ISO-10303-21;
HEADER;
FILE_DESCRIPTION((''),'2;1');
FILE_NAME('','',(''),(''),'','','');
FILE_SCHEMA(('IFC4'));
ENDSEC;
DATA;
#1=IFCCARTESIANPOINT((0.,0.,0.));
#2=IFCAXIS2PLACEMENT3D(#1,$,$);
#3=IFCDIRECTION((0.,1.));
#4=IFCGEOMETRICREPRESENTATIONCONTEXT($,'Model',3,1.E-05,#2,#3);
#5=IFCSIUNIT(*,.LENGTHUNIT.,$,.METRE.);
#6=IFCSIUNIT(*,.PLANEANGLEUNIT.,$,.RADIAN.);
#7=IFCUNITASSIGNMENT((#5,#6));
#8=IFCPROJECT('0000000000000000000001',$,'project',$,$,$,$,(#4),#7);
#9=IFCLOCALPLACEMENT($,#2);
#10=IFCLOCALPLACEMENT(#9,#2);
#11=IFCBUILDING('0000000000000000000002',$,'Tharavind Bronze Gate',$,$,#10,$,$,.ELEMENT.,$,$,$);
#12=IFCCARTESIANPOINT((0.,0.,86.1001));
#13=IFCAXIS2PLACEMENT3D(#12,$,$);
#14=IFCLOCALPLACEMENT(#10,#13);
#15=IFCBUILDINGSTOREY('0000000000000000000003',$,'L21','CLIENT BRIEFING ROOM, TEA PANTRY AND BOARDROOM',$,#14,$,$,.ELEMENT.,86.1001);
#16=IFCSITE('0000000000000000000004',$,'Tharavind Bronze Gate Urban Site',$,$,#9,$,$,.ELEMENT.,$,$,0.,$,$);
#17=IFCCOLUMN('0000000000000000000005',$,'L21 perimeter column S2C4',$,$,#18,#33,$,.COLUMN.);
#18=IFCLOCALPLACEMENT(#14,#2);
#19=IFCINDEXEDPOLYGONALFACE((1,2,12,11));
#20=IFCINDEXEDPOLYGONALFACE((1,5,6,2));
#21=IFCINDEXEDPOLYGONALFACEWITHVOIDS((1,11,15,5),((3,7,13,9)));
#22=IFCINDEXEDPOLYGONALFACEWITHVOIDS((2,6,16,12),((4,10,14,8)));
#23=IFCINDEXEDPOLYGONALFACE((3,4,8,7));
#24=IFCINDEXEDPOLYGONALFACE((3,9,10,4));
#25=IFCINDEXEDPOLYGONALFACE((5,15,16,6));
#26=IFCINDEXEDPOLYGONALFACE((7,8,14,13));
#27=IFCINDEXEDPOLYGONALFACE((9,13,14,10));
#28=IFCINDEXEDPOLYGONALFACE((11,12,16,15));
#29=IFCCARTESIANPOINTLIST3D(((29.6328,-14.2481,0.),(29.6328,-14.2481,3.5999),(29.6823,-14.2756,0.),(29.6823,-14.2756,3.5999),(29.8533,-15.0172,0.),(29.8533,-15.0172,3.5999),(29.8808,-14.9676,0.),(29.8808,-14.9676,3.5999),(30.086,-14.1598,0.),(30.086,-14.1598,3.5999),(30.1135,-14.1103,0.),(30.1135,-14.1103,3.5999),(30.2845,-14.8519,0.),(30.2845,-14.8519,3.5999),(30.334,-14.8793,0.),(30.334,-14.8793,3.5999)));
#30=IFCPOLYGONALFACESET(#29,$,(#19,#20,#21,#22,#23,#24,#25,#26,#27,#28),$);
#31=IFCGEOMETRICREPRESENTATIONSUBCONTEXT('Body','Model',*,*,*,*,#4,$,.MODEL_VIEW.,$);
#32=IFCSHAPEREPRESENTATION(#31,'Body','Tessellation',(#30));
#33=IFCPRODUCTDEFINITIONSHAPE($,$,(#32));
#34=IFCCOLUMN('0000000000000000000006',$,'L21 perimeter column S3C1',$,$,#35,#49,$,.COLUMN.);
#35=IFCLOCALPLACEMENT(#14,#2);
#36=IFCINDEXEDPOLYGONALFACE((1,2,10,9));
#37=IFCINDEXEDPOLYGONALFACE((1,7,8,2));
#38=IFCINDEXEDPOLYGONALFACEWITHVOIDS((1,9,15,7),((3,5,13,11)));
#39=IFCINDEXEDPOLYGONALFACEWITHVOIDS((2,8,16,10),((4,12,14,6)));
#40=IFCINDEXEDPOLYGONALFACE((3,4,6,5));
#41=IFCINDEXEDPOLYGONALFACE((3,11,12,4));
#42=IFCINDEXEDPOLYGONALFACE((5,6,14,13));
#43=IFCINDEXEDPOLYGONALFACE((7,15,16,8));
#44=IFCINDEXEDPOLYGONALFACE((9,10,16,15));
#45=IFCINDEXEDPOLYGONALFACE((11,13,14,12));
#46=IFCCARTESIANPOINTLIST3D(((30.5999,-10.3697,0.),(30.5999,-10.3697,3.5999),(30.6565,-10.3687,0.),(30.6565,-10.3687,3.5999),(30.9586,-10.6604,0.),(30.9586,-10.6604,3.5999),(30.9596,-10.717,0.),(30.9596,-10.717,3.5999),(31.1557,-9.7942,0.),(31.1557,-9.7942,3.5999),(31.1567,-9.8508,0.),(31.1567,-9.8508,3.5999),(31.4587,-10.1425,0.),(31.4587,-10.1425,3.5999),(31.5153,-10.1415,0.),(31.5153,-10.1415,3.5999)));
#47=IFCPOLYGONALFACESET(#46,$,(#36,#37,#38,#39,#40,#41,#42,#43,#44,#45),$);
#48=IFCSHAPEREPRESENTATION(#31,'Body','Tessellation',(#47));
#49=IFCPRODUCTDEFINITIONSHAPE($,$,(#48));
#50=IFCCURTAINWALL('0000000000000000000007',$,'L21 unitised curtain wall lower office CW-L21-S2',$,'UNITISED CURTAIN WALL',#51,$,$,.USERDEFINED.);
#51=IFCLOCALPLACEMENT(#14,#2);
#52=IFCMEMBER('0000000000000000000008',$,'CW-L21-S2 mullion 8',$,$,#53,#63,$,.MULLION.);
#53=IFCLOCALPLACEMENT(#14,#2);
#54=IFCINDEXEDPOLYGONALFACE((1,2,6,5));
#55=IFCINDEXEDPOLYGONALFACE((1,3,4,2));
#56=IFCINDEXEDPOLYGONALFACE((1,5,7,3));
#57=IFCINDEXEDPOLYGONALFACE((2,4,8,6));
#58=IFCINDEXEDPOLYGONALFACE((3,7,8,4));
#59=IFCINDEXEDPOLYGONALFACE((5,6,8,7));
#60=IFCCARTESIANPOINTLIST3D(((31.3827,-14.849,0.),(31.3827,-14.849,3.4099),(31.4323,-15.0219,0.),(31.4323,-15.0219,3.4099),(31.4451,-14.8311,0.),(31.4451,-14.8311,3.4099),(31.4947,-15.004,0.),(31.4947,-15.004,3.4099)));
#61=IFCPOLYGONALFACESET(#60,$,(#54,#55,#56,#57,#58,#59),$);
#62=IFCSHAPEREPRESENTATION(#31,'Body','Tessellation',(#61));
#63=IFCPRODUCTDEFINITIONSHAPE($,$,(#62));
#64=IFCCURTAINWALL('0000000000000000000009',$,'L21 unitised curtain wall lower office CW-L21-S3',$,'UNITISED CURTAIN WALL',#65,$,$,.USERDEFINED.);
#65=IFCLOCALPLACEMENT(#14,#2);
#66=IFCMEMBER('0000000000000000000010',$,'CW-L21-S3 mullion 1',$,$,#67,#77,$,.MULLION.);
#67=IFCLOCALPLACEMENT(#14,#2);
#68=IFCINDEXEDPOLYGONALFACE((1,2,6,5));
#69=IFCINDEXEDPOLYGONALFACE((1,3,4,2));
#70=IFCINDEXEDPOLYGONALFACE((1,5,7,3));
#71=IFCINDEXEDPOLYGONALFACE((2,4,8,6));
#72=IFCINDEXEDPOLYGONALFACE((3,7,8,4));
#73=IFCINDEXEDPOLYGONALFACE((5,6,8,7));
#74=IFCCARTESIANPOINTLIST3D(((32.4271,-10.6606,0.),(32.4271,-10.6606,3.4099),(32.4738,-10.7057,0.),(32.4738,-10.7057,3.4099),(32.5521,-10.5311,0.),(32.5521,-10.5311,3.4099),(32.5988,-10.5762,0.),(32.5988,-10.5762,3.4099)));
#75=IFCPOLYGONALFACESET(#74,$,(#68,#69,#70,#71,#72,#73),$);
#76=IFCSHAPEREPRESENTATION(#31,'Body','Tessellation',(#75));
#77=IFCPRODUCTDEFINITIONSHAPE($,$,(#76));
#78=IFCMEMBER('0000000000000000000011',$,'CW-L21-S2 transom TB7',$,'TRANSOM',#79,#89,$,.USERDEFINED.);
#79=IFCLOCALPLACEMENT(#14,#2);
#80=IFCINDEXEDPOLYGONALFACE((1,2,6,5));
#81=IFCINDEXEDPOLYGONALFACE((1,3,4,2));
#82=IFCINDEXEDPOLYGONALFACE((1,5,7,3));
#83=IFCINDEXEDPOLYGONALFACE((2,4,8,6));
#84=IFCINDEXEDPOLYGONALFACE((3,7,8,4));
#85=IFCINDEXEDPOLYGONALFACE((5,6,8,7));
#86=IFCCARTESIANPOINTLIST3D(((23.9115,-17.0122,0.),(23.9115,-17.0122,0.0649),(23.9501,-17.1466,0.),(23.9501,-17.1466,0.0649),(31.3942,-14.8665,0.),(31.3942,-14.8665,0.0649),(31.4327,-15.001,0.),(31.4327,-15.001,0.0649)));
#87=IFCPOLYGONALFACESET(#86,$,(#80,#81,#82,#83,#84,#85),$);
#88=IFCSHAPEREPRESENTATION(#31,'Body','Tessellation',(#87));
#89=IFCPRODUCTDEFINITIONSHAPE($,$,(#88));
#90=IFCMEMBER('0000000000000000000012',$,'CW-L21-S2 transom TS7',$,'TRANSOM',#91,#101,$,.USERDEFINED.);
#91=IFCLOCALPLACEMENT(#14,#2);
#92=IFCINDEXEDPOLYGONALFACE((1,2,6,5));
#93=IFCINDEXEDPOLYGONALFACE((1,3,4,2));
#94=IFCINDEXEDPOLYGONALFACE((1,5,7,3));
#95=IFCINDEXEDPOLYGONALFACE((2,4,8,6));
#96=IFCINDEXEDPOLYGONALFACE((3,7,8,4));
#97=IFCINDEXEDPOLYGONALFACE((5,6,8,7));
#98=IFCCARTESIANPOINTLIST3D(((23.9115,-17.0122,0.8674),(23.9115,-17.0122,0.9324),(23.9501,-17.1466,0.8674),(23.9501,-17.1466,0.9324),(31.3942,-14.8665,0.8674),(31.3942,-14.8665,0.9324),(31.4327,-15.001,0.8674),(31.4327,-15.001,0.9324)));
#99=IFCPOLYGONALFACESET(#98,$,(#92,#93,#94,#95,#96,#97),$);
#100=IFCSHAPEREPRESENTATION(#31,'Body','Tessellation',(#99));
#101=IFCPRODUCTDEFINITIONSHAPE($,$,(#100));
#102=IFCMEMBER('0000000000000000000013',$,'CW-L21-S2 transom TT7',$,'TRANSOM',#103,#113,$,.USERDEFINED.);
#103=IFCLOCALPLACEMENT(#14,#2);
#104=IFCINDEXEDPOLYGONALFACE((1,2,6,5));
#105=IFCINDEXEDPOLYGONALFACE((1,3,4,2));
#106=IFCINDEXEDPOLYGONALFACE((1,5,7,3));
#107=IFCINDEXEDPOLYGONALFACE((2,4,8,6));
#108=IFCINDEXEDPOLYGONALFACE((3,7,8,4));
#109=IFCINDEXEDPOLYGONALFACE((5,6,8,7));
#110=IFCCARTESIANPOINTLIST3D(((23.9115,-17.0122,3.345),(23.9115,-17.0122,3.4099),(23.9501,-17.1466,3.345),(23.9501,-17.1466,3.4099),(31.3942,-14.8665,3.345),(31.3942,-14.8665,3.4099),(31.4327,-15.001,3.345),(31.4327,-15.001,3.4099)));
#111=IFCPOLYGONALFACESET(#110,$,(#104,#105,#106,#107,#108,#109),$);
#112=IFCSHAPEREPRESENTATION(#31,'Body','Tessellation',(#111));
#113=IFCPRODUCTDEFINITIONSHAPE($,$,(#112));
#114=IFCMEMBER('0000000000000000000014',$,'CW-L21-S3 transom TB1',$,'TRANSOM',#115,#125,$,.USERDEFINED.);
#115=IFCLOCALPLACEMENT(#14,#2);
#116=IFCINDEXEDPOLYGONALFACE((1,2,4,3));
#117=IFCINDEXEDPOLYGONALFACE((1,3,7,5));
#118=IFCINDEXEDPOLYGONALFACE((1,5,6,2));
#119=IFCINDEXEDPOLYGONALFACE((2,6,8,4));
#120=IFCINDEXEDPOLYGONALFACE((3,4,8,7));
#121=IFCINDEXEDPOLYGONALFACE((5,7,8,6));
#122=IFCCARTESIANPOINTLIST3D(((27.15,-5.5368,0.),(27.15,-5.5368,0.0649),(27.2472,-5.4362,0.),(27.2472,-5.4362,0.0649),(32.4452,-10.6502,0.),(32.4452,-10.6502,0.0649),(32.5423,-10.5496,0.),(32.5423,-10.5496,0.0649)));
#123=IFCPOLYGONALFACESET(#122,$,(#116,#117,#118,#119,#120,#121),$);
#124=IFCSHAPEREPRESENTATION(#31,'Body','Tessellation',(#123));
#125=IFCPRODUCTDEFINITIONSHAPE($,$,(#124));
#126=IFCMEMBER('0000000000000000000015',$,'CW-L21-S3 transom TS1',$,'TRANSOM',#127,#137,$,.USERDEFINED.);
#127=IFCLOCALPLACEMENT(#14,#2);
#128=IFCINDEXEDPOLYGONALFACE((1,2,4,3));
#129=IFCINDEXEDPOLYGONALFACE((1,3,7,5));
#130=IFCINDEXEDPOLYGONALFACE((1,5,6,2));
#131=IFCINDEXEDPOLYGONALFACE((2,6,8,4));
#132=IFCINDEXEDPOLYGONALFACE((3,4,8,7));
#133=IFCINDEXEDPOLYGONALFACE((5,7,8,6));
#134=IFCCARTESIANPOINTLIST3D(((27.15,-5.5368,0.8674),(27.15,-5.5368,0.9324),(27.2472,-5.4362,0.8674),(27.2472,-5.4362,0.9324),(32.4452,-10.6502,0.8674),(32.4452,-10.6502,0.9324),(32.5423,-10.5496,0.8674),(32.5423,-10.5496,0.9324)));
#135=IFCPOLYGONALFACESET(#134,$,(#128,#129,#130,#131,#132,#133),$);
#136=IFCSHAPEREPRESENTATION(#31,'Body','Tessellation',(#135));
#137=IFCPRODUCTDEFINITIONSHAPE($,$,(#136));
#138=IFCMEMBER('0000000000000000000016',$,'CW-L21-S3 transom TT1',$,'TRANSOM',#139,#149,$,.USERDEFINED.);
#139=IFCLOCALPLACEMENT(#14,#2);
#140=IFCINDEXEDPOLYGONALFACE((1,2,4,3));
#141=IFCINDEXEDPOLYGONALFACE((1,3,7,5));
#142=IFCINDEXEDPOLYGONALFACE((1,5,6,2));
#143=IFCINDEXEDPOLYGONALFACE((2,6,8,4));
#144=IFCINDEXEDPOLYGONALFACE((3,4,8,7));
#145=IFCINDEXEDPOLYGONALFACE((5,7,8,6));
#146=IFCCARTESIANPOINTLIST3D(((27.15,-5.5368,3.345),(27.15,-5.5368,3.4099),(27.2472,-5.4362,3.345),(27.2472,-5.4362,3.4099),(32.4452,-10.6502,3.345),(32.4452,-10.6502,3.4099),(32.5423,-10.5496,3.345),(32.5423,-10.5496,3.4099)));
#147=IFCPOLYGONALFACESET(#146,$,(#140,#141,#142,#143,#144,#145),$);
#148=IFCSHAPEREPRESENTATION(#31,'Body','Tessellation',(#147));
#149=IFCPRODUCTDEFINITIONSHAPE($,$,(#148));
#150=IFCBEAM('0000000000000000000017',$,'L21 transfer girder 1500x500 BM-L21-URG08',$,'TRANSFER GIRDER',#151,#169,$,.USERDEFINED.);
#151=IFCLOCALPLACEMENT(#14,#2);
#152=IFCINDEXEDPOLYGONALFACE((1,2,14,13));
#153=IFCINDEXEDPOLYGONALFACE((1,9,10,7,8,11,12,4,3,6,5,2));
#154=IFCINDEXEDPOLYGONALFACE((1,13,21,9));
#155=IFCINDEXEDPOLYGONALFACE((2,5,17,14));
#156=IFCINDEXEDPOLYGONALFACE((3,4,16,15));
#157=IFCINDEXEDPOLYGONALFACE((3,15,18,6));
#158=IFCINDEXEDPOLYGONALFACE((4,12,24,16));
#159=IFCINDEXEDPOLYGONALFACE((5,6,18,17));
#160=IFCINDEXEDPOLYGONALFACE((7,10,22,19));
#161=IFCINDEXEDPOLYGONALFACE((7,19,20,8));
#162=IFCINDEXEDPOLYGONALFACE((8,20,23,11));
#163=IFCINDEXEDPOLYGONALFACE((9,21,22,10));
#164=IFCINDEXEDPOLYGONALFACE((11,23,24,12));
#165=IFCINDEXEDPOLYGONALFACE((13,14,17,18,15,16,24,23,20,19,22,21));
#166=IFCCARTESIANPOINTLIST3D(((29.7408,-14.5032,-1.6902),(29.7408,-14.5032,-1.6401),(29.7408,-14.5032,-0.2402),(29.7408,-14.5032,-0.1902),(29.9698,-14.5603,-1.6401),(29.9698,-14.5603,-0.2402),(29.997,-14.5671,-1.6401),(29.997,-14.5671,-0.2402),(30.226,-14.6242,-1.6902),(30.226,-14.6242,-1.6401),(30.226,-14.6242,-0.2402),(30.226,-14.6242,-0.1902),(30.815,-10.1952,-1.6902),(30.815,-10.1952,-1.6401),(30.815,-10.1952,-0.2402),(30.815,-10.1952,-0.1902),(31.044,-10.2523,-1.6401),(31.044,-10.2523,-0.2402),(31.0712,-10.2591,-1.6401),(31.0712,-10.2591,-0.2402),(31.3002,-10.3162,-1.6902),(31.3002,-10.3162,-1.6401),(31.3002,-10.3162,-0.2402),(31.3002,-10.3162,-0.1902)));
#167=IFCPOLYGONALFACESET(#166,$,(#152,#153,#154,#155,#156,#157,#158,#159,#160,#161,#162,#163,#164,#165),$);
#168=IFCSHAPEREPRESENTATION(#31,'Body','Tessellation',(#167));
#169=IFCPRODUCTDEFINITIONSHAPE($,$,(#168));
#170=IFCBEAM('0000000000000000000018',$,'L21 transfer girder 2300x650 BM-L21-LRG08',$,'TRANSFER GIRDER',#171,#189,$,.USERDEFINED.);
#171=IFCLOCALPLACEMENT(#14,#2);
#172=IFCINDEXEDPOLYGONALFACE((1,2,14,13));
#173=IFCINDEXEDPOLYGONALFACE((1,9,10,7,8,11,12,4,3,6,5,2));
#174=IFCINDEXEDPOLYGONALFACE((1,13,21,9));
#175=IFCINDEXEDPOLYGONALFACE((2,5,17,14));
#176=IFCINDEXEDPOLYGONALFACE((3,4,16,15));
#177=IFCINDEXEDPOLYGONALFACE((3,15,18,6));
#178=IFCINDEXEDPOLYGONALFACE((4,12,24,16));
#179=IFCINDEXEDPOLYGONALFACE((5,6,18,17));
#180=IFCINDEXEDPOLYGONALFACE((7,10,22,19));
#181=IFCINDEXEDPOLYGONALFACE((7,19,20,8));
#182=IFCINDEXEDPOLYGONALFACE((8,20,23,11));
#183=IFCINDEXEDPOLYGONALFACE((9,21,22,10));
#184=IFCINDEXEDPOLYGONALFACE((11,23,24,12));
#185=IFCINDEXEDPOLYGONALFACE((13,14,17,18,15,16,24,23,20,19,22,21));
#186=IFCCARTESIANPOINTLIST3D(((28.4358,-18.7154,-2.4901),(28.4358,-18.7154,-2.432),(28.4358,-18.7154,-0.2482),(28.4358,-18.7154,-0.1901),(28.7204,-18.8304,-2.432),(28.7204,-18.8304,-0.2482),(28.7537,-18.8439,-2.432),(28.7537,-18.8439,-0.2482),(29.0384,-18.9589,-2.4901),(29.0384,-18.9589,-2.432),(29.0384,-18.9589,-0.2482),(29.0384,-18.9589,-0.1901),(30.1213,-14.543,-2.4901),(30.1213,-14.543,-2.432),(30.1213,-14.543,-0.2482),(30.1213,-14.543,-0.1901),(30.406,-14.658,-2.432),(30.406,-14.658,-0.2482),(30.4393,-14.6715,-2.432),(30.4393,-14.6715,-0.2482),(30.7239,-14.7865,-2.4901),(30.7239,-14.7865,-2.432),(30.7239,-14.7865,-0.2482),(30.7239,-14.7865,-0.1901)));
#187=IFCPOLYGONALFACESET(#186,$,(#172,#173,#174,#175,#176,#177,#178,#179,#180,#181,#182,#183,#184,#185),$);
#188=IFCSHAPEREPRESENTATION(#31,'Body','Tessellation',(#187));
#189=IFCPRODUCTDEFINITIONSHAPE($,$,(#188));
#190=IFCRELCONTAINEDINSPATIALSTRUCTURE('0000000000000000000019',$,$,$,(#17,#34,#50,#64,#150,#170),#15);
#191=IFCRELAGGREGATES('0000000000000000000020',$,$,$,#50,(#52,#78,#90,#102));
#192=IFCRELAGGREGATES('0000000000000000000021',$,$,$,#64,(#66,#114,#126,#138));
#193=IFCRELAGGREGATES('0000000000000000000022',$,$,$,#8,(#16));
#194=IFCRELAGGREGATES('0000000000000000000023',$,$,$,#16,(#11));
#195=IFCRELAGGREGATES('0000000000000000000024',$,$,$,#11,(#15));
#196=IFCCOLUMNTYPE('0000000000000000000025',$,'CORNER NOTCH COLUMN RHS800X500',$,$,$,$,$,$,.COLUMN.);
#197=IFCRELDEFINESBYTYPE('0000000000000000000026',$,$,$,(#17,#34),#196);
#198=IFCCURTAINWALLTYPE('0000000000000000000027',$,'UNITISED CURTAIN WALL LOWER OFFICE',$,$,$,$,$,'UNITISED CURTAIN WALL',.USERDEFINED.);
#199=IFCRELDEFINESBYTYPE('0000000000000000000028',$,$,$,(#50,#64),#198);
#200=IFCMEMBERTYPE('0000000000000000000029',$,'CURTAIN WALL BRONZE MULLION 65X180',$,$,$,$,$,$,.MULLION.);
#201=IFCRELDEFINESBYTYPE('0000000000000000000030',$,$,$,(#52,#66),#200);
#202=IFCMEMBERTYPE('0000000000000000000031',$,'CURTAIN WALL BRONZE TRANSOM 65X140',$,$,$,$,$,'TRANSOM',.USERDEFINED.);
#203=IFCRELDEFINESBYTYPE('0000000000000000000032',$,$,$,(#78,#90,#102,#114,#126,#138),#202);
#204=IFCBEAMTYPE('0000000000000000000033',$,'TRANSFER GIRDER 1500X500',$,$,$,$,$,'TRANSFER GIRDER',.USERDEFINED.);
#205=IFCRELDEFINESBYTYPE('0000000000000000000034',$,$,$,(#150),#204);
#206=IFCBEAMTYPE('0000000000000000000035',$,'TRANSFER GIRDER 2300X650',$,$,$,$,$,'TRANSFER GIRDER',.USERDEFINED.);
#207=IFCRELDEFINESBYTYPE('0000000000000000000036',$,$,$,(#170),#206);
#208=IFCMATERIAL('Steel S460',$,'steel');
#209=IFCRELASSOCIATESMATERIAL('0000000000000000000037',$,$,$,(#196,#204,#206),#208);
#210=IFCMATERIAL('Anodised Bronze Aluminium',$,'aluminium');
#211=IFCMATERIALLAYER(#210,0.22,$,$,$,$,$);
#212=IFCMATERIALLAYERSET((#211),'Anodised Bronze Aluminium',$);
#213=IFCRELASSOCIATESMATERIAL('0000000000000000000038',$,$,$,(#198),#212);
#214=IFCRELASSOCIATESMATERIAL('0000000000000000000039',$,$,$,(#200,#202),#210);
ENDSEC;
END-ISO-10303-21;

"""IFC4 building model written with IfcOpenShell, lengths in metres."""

from ifc_helpers import new_model, si_unit, direction, frame, origin, origin_2d, place, context, subcontext, project, spatial, rectangle, hollow_rectangle, i_section, extrude, material, layer, layer_set, material_profile, profile_set, type_object, element, aggregate, save


model = new_model("IFC4")

# Units and contexts
model_context = context("Model", 3, precision=1e-05, world=origin(), true_north=direction((0.0, 1.0)))
body_context = subcontext(model_context, "Body", "Model", "MODEL_VIEW")
ifc_project = project(units=[si_unit("LENGTHUNIT", "METRE"), si_unit("PLANEANGLEUNIT", "RADIAN")], contexts=[model_context])

# Site, building, storey
site_placement = place(None, origin())
site = spatial("IfcSite", under=ifc_project, at=site_placement, Name="Tharavind Bronze Gate Urban Site", CompositionType="ELEMENT", RefElevation=0.0)
building_placement = place(site_placement, origin())
building = spatial("IfcBuilding", under=site, at=building_placement, Name="Tharavind Bronze Gate", CompositionType="ELEMENT")
storey_placement = place(building_placement, frame((0.0, 0.0, 86.1001)))
storey = spatial("IfcBuildingStorey", under=building, at=storey_placement, Name="L21", Description="CLIENT BRIEFING ROOM, TEA PANTRY AND BOARDROOM", CompositionType="ELEMENT", Elevation=86.1001)

# Columns
ifc_material_1 = material(Name="Steel S460", Category="steel")
ifc_material_profile_1 = material_profile(ifc_material_1, hollow_rectangle(XDim=0.5, YDim=0.8, WallThickness=0.04, at=origin_2d()), Name="RHS800X500X40")
ifc_profile_set_1 = profile_set([ifc_material_profile_1], Name="Steel S460")
column_type = type_object("IfcColumnType", Name="CORNER NOTCH COLUMN RHS800X500", PredefinedType="COLUMN", material=ifc_profile_set_1)
for number, where, z_axis, x_axis, name in (
    (1, (29.9834, -14.5637, 0.0), (0.0, 0.0, 1.0), (0.961262, 0.275637, 0.0), "L21 perimeter column S2C4"),
    (2, (31.0576, -10.2556, 0.0), (0.0, 0.0, 1.0), (-0.71934, 0.694658, 0.0), "L21 perimeter column S3C1"),
):
    element("IfcColumn", number, at=place(storey_placement, frame(where, z_axis=z_axis, x_axis=x_axis)), inside=storey, type_object=column_type, Name=name, PredefinedType="COLUMN", context=body_context, shape_type="SweptSolid", body=[
        extrude(hollow_rectangle(XDim=0.5, YDim=0.8, WallThickness=0.04, at=origin_2d()), origin(), (0.0, 0.0, 1.0), 3.5999),
    ])

# Curtain walls, members
ifc_material_2 = material(Name="Anodised Bronze Aluminium", Category="aluminium")
ifc_layer_1 = layer(ifc_material_2, 0.22)
ifc_layer_set_1 = layer_set([ifc_layer_1], Name="Anodised Bronze Aluminium")
curtain_wall_type = type_object("IfcCurtainWallType", Name="UNITISED CURTAIN WALL LOWER OFFICE", ElementType="UNITISED CURTAIN WALL", PredefinedType="USERDEFINED", material=ifc_layer_set_1)
curtain_wall_1_placement = place(storey_placement, origin())
curtain_wall_1 = element("IfcCurtainWall", 3, at=curtain_wall_1_placement, inside=storey, type_object=curtain_wall_type, Name="L21 unitised curtain wall lower office CW-L21-S2", ObjectType="UNITISED CURTAIN WALL", PredefinedType="USERDEFINED")
member_type_1 = type_object("IfcMemberType", Name="CURTAIN WALL BRONZE MULLION 65X180", PredefinedType="MULLION", material=ifc_material_2)
member_1_placement = place(storey_placement, frame((31.4387, -14.9265, 0.0), z_axis=(0.0, 0.0, 1.0), x_axis=(0.961262, 0.275637, 0.0)))
member_1 = element("IfcMember", 4, at=member_1_placement, type_object=member_type_1, Name="CW-L21-S2 mullion 8", PredefinedType="MULLION", context=body_context, shape_type="SweptSolid", body=[
    extrude(rectangle(XDim=0.0649, YDim=0.1799, at=origin_2d()), origin(), (0.0, 0.0, 1.0), 3.4099),
])
curtain_wall_2_placement = place(storey_placement, origin())
curtain_wall_2 = element("IfcCurtainWall", 5, at=curtain_wall_2_placement, inside=storey, type_object=curtain_wall_type, Name="L21 unitised curtain wall lower office CW-L21-S3", ObjectType="UNITISED CURTAIN WALL", PredefinedType="USERDEFINED")
member_2_placement = place(storey_placement, frame((32.5129, -10.6184, 0.0), z_axis=(0.0, 0.0, 1.0), x_axis=(-0.719341, 0.694657, 0.0)))
member_2 = element("IfcMember", 6, at=member_2_placement, type_object=member_type_1, Name="CW-L21-S3 mullion 1", PredefinedType="MULLION", context=body_context, shape_type="SweptSolid", body=[
    extrude(rectangle(XDim=0.0649, YDim=0.1799, at=origin_2d()), origin(), (0.0, 0.0, 1.0), 3.4099),
])

# Members
member_type_2 = type_object("IfcMemberType", Name="CURTAIN WALL BRONZE TRANSOM 65X140", ElementType="TRANSOM", PredefinedType="USERDEFINED", material=ifc_material_2)
member_3_placement = place(storey_placement, frame((27.6721, -16.0066, 0.0), z_axis=(0.0, 0.0, 1.0), x_axis=(0.961262, 0.275637, 0.0)))
member_3 = element("IfcMember", 7, at=member_3_placement, type_object=member_type_2, Name="CW-L21-S2 transom TB7", ObjectType="TRANSOM", PredefinedType="USERDEFINED", context=body_context, shape_type="SweptSolid", body=[
    extrude(rectangle(XDim=7.7842, YDim=0.1399, at=origin_2d()), origin(), (0.0, 0.0, 1.0), 0.0649),
])
member_4_placement = place(storey_placement, frame((27.6721, -16.0066, 0.8674), z_axis=(0.0, 0.0, 1.0), x_axis=(0.961262, 0.275637, 0.0)))
member_4 = element("IfcMember", 8, at=member_4_placement, type_object=member_type_2, Name="CW-L21-S2 transom TS7", ObjectType="TRANSOM", PredefinedType="USERDEFINED", context=body_context, shape_type="SweptSolid", body=[
    extrude(rectangle(XDim=7.7842, YDim=0.1399, at=origin_2d()), origin(), (0.0, 0.0, 1.0), 0.0649),
])
member_5_placement = place(storey_placement, frame((27.6721, -16.0066, 3.345), z_axis=(0.0, 0.0, 1.0), x_axis=(0.961262, 0.275637, 0.0)))
member_5 = element("IfcMember", 9, at=member_5_placement, type_object=member_type_2, Name="CW-L21-S2 transom TT7", ObjectType="TRANSOM", PredefinedType="USERDEFINED", context=body_context, shape_type="SweptSolid", body=[
    extrude(rectangle(XDim=7.7842, YDim=0.1399, at=origin_2d()), origin(), (0.0, 0.0, 1.0), 0.0649),
])
member_6_placement = place(storey_placement, frame((29.8462, -8.0432, 0.0), z_axis=(0.0, 0.0, 1.0), x_axis=(-0.719341, 0.694657, 0.0)))
member_6 = element("IfcMember", 10, at=member_6_placement, type_object=member_type_2, Name="CW-L21-S3 transom TB1", ObjectType="TRANSOM", PredefinedType="USERDEFINED", context=body_context, shape_type="SweptSolid", body=[
    extrude(rectangle(XDim=7.3611, YDim=0.1399, at=origin_2d()), origin(), (0.0, 0.0, 1.0), 0.0649),
])
member_7_placement = place(storey_placement, frame((29.8462, -8.0432, 0.8674), z_axis=(0.0, 0.0, 1.0), x_axis=(-0.719341, 0.694657, 0.0)))
member_7 = element("IfcMember", 11, at=member_7_placement, type_object=member_type_2, Name="CW-L21-S3 transom TS1", ObjectType="TRANSOM", PredefinedType="USERDEFINED", context=body_context, shape_type="SweptSolid", body=[
    extrude(rectangle(XDim=7.3611, YDim=0.1399, at=origin_2d()), origin(), (0.0, 0.0, 1.0), 0.0649),
])
member_8_placement = place(storey_placement, frame((29.8462, -8.0432, 3.345), z_axis=(0.0, 0.0, 1.0), x_axis=(-0.719341, 0.694657, 0.0)))
member_8 = element("IfcMember", 12, at=member_8_placement, type_object=member_type_2, Name="CW-L21-S3 transom TT1", ObjectType="TRANSOM", PredefinedType="USERDEFINED", context=body_context, shape_type="SweptSolid", body=[
    extrude(rectangle(XDim=7.3611, YDim=0.1399, at=origin_2d()), origin(), (0.0, 0.0, 1.0), 0.0649),
])

# Beams
ifc_material_profile_2 = material_profile(ifc_material_1, i_section(OverallWidth=0.5, OverallDepth=1.5, WebThickness=0.0281, FlangeThickness=0.05, at=origin_2d()), Name="PG1500X500")
ifc_profile_set_2 = profile_set([ifc_material_profile_2], Name="Steel S460")
beam_type_1 = type_object("IfcBeamType", Name="TRANSFER GIRDER 1500X500", ElementType="TRANSFER GIRDER", PredefinedType="USERDEFINED", material=ifc_profile_set_2)
beam_1_placement = place(storey_placement, frame((29.9834, -14.5637, -0.9402), z_axis=(0.24194, 0.970291, 0.0), x_axis=(-0.970291, 0.24194, 0.0)))
element("IfcBeam", 13, at=beam_1_placement, inside=storey, type_object=beam_type_1, Name="L21 transfer girder 1500x500 BM-L21-URG08", ObjectType="TRANSFER GIRDER", PredefinedType="USERDEFINED", context=body_context, shape_type="SweptSolid", body=[
    extrude(i_section(OverallWidth=0.5, OverallDepth=1.5, WebThickness=0.0281, FlangeThickness=0.05, at=origin_2d()), origin(), (0.0, 0.0, 1.0), 4.4399),
])
ifc_material_profile_3 = material_profile(ifc_material_1, i_section(OverallWidth=0.6499, OverallDepth=2.3, WebThickness=0.0359, FlangeThickness=0.0581, at=origin_2d()), Name="PG2300X650")
ifc_profile_set_3 = profile_set([ifc_material_profile_3], Name="Steel S460")
beam_type_2 = type_object("IfcBeamType", Name="TRANSFER GIRDER 2300X650", ElementType="TRANSFER GIRDER", PredefinedType="USERDEFINED", material=ifc_profile_set_3)
beam_2_placement = place(storey_placement, frame((28.7371, -18.8372, -1.3401), z_axis=(0.374569, 0.927199, 0.0), x_axis=(-0.927199, 0.374569, 0.0)))
element("IfcBeam", 14, at=beam_2_placement, inside=storey, type_object=beam_type_2, Name="L21 transfer girder 2300x650 BM-L21-LRG08", ObjectType="TRANSFER GIRDER", PredefinedType="USERDEFINED", context=body_context, shape_type="SweptSolid", body=[
    extrude(i_section(OverallWidth=0.6499, OverallDepth=2.3, WebThickness=0.0359, FlangeThickness=0.0581, at=origin_2d()), origin(), (0.0, 0.0, 1.0), 4.5),
])

aggregate(curtain_wall_1, [member_1, member_3, member_4, member_5])
aggregate(curtain_wall_2, [member_2, member_6, member_7, member_8])

save(model, "model.ifc")
